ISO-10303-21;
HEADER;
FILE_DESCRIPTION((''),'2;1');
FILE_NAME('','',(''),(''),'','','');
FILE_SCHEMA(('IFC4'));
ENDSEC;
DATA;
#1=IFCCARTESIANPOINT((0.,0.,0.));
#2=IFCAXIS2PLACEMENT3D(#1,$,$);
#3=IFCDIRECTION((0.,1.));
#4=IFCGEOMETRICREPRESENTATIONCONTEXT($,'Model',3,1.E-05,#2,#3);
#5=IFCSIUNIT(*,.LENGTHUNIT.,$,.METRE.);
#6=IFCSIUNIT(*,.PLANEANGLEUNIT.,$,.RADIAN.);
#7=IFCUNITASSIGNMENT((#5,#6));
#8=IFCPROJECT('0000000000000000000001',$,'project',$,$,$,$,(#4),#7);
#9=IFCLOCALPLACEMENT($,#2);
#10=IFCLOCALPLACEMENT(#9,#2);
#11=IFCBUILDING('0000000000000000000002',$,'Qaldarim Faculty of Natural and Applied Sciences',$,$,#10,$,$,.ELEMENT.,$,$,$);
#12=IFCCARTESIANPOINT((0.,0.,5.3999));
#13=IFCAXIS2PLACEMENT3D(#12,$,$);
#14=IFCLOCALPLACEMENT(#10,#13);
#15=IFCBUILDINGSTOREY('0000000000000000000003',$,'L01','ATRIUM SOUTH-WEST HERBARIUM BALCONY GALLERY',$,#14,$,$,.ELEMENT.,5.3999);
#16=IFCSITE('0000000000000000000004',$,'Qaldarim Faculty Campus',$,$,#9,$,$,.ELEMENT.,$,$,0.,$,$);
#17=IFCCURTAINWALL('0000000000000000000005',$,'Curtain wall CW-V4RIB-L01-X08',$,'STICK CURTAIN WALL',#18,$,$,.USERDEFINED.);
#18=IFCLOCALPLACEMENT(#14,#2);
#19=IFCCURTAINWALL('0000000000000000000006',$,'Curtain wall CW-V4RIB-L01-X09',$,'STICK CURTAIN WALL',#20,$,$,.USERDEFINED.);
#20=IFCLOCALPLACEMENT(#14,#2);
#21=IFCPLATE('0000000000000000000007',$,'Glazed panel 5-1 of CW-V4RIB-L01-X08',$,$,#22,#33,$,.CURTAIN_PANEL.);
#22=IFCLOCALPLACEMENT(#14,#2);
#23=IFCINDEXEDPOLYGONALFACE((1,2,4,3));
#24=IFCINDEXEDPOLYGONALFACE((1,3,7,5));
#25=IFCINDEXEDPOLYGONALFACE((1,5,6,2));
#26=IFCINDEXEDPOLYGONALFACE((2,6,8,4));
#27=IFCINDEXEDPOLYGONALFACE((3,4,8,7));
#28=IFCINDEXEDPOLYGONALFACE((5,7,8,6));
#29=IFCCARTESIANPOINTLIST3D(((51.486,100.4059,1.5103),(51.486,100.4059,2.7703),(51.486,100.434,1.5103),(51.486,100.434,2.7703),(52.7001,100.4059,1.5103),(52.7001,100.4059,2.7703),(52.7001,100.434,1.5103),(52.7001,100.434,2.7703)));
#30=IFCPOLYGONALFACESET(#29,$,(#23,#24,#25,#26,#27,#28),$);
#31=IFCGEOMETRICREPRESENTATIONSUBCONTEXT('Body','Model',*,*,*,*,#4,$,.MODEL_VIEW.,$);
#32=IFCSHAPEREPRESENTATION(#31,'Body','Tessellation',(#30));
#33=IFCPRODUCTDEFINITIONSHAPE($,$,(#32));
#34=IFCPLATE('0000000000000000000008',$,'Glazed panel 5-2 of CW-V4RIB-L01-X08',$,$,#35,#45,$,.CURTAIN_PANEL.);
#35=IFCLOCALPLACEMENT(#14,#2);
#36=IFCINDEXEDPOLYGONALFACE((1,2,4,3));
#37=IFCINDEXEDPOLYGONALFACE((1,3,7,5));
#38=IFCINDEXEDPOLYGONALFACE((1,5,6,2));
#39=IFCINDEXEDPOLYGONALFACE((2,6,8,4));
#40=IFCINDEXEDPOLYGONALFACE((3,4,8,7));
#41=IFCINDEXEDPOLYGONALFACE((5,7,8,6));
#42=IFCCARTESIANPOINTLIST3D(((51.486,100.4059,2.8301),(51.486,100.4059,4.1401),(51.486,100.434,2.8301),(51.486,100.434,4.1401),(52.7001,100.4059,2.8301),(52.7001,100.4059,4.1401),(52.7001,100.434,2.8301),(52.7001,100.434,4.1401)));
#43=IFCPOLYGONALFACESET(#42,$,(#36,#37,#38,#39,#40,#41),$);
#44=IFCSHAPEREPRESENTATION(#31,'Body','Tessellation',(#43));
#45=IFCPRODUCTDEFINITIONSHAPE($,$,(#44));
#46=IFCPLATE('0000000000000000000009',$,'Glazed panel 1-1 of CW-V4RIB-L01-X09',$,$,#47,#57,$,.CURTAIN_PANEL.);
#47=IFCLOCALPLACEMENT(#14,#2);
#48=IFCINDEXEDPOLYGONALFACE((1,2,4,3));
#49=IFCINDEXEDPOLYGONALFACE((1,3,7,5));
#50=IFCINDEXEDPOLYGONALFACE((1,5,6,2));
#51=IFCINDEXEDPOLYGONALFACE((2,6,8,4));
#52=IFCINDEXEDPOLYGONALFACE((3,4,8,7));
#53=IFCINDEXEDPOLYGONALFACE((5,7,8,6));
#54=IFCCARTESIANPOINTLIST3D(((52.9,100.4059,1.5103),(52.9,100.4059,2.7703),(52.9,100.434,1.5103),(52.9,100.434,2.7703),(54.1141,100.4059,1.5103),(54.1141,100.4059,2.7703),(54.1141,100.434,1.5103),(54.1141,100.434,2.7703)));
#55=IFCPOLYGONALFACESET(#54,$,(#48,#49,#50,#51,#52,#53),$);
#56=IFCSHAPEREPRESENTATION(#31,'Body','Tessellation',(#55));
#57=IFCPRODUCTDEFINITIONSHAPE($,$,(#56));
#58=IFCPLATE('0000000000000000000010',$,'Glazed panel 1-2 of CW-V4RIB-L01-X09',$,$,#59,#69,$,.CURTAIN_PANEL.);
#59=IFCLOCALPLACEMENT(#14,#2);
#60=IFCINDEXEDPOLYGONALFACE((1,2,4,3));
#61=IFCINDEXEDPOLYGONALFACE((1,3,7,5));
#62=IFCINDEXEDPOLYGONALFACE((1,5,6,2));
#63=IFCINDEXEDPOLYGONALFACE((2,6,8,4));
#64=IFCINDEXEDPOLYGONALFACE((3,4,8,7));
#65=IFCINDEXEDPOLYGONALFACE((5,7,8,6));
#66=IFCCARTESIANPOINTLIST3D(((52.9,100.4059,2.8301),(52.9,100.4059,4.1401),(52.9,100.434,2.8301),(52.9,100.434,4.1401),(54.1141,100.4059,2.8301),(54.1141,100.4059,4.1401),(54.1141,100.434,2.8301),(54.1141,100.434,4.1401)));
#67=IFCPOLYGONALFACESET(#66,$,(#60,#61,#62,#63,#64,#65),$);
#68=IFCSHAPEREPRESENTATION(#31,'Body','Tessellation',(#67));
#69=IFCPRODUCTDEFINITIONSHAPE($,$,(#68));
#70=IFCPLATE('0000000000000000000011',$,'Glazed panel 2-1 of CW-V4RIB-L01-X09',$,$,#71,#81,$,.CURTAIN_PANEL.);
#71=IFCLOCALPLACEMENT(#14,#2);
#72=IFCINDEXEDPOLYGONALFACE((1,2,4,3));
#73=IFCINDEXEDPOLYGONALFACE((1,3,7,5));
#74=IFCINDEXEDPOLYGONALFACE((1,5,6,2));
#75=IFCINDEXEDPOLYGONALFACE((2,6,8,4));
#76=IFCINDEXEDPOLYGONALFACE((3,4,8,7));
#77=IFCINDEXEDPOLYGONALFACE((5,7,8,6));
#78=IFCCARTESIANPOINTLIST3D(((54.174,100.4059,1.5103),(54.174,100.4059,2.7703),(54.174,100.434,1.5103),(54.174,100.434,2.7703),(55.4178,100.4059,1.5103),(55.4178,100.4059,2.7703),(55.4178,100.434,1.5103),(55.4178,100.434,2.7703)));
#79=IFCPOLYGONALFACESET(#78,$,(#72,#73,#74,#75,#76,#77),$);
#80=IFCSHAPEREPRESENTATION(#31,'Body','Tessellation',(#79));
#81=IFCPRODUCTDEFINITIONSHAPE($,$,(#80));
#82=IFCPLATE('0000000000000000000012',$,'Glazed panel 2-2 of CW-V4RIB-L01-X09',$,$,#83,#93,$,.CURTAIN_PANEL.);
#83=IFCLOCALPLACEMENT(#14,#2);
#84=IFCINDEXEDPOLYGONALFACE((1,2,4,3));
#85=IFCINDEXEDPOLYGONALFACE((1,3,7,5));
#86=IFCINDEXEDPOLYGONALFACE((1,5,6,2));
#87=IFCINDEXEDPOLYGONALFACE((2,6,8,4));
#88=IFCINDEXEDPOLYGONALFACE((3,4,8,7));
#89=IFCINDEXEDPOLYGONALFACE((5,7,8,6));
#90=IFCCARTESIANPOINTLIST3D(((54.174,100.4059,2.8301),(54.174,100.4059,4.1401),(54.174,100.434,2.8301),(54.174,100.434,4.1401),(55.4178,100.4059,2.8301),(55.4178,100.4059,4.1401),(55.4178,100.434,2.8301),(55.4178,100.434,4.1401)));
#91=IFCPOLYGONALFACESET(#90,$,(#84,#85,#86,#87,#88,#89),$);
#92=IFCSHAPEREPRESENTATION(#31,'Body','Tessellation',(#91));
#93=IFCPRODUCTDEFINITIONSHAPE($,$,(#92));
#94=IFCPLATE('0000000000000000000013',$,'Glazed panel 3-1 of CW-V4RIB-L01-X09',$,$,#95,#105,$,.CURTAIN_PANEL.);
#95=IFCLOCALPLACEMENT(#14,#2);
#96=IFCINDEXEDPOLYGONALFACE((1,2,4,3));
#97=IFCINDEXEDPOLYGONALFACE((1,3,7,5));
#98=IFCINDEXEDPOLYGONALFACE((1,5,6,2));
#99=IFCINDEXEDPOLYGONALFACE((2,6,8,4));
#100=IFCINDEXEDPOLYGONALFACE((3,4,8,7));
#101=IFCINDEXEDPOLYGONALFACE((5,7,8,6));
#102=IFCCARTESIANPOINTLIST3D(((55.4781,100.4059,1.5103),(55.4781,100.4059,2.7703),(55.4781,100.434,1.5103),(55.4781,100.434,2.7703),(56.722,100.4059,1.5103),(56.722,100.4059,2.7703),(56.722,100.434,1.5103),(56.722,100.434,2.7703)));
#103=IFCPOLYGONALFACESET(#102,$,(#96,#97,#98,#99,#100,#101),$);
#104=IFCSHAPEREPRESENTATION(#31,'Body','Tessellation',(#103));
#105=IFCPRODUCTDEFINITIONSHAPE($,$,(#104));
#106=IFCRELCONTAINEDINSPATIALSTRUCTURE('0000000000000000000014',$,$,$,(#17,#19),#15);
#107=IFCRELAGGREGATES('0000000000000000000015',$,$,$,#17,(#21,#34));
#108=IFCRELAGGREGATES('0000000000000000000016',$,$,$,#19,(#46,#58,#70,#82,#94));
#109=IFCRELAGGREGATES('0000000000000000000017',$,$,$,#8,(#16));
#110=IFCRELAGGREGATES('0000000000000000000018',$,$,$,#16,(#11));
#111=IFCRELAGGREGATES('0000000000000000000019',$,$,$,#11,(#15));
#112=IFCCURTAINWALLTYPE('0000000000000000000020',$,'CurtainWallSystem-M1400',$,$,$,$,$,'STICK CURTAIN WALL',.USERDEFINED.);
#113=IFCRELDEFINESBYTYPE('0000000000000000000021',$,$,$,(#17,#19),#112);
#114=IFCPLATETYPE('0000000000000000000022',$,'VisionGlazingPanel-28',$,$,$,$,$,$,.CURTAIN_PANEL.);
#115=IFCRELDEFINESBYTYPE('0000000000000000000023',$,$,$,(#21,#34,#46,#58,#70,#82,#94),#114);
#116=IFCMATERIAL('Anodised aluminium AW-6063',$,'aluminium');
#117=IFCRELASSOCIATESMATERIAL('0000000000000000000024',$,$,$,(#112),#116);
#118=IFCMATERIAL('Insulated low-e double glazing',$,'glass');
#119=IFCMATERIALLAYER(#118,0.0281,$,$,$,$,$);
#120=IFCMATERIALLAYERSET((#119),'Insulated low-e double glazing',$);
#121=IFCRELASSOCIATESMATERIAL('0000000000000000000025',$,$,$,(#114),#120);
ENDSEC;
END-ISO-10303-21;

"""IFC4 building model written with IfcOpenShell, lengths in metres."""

from ifc_helpers import new_model, si_unit, direction, frame, origin, origin_2d, place, context, subcontext, project, spatial, rectangle, extrude, material, layer, layer_set, type_object, element, aggregate, save


model = new_model("IFC4")

# Units and contexts
model_context = context("Model", 3, precision=1e-05, world=origin(), true_north=direction((0.0, 1.0)))
body_context = subcontext(model_context, "Body", "Model", "MODEL_VIEW")
ifc_project = project(units=[si_unit("LENGTHUNIT", "METRE"), si_unit("PLANEANGLEUNIT", "RADIAN")], contexts=[model_context])

# Site, building, storey
site_placement = place(None, origin())
site = spatial("IfcSite", under=ifc_project, at=site_placement, Name="Qaldarim Faculty Campus", CompositionType="ELEMENT", RefElevation=0.0)
building_placement = place(site_placement, origin())
building = spatial("IfcBuilding", under=site, at=building_placement, Name="Qaldarim Faculty of Natural and Applied Sciences", CompositionType="ELEMENT")
storey_placement = place(building_placement, frame((0.0, 0.0, 5.3999)))
storey = spatial("IfcBuildingStorey", under=building, at=storey_placement, Name="L01", Description="ATRIUM SOUTH-WEST HERBARIUM BALCONY GALLERY", CompositionType="ELEMENT", Elevation=5.3999)

# Curtain wall
ifc_material_1 = material(Name="Anodised aluminium AW-6063", Category="aluminium")
curtain_wall_type = type_object("IfcCurtainWallType", Name="CurtainWallSystem-M1400", ElementType="STICK CURTAIN WALL", PredefinedType="USERDEFINED", material=ifc_material_1)
curtain_wall_1_placement = place(storey_placement, origin())
curtain_wall_1 = element("IfcCurtainWall", 1, at=curtain_wall_1_placement, inside=storey, type_object=curtain_wall_type, Name="Curtain wall CW-V4RIB-L01-X08", ObjectType="STICK CURTAIN WALL", PredefinedType="USERDEFINED")

# Curtain wall
curtain_wall_2_placement = place(storey_placement, origin())
curtain_wall_2 = element("IfcCurtainWall", 2, at=curtain_wall_2_placement, inside=storey, type_object=curtain_wall_type, Name="Curtain wall CW-V4RIB-L01-X09", ObjectType="STICK CURTAIN WALL", PredefinedType="USERDEFINED")

# Plates
ifc_material_2 = material(Name="Insulated low-e double glazing", Category="glass")
ifc_layer = layer(ifc_material_2, 0.0281)
ifc_layer_set = layer_set([ifc_layer], Name="Insulated low-e double glazing")
plate_type = type_object("IfcPlateType", Name="VisionGlazingPanel-28", PredefinedType="CURTAIN_PANEL", material=ifc_layer_set)
plate_1_placement = place(storey_placement, frame((52.093, 100.4199, 1.5103), z_axis=(0.0, 0.0, 1.0), x_axis=(1.0, 0.0, 0.0)))
plate_1 = element("IfcPlate", 3, at=plate_1_placement, type_object=plate_type, Name="Glazed panel 5-1 of CW-V4RIB-L01-X08", PredefinedType="CURTAIN_PANEL", context=body_context, shape_type="SweptSolid", body=[
    extrude(rectangle(XDim=1.2141, YDim=0.0281, at=origin_2d()), origin(), (0.0, 0.0, 1.0), 1.26),
])
plate_2_placement = place(storey_placement, frame((52.093, 100.4199, 2.8301), z_axis=(0.0, 0.0, 1.0), x_axis=(1.0, 0.0, 0.0)))
plate_2 = element("IfcPlate", 4, at=plate_2_placement, type_object=plate_type, Name="Glazed panel 5-2 of CW-V4RIB-L01-X08", PredefinedType="CURTAIN_PANEL", context=body_context, shape_type="SweptSolid", body=[
    extrude(rectangle(XDim=1.2141, YDim=0.0281, at=origin_2d()), origin(), (0.0, 0.0, 1.0), 1.3101),
])
aggregate(curtain_wall_1, [plate_1, plate_2])
plate_3_placement = place(storey_placement, frame((53.5071, 100.4199, 1.5103), z_axis=(0.0, 0.0, 1.0), x_axis=(1.0, 0.0, 0.0)))
plate_3 = element("IfcPlate", 5, at=plate_3_placement, type_object=plate_type, Name="Glazed panel 1-1 of CW-V4RIB-L01-X09", PredefinedType="CURTAIN_PANEL", context=body_context, shape_type="SweptSolid", body=[
    extrude(rectangle(XDim=1.2141, YDim=0.0281, at=origin_2d()), origin(), (0.0, 0.0, 1.0), 1.26),
])
plate_4_placement = place(storey_placement, frame((53.5071, 100.4199, 2.8301), z_axis=(0.0, 0.0, 1.0), x_axis=(1.0, 0.0, 0.0)))
plate_4 = element("IfcPlate", 6, at=plate_4_placement, type_object=plate_type, Name="Glazed panel 1-2 of CW-V4RIB-L01-X09", PredefinedType="CURTAIN_PANEL", context=body_context, shape_type="SweptSolid", body=[
    extrude(rectangle(XDim=1.2141, YDim=0.0281, at=origin_2d()), origin(), (0.0, 0.0, 1.0), 1.3101),
])
plate_5_placement = place(storey_placement, frame((54.7959, 100.4199, 1.5103), z_axis=(0.0, 0.0, 1.0), x_axis=(1.0, 0.0, 0.0)))
plate_5 = element("IfcPlate", 7, at=plate_5_placement, type_object=plate_type, Name="Glazed panel 2-1 of CW-V4RIB-L01-X09", PredefinedType="CURTAIN_PANEL", context=body_context, shape_type="SweptSolid", body=[
    extrude(rectangle(XDim=1.2439, YDim=0.0281, at=origin_2d()), origin(), (0.0, 0.0, 1.0), 1.26),
])
plate_6_placement = place(storey_placement, frame((54.7959, 100.4199, 2.8301), z_axis=(0.0, 0.0, 1.0), x_axis=(1.0, 0.0, 0.0)))
plate_6 = element("IfcPlate", 8, at=plate_6_placement, type_object=plate_type, Name="Glazed panel 2-2 of CW-V4RIB-L01-X09", PredefinedType="CURTAIN_PANEL", context=body_context, shape_type="SweptSolid", body=[
    extrude(rectangle(XDim=1.2439, YDim=0.0281, at=origin_2d()), origin(), (0.0, 0.0, 1.0), 1.3101),
])
plate_7_placement = place(storey_placement, frame((56.1001, 100.4199, 1.5103), z_axis=(0.0, 0.0, 1.0), x_axis=(1.0, 0.0, 0.0)))
plate_7 = element("IfcPlate", 9, at=plate_7_placement, type_object=plate_type, Name="Glazed panel 3-1 of CW-V4RIB-L01-X09", PredefinedType="CURTAIN_PANEL", context=body_context, shape_type="SweptSolid", body=[
    extrude(rectangle(XDim=1.2439, YDim=0.0281, at=origin_2d()), origin(), (0.0, 0.0, 1.0), 1.26),
])
aggregate(curtain_wall_2, [plate_3, plate_4, plate_5, plate_6, plate_7])

save(model, "model.ifc")
